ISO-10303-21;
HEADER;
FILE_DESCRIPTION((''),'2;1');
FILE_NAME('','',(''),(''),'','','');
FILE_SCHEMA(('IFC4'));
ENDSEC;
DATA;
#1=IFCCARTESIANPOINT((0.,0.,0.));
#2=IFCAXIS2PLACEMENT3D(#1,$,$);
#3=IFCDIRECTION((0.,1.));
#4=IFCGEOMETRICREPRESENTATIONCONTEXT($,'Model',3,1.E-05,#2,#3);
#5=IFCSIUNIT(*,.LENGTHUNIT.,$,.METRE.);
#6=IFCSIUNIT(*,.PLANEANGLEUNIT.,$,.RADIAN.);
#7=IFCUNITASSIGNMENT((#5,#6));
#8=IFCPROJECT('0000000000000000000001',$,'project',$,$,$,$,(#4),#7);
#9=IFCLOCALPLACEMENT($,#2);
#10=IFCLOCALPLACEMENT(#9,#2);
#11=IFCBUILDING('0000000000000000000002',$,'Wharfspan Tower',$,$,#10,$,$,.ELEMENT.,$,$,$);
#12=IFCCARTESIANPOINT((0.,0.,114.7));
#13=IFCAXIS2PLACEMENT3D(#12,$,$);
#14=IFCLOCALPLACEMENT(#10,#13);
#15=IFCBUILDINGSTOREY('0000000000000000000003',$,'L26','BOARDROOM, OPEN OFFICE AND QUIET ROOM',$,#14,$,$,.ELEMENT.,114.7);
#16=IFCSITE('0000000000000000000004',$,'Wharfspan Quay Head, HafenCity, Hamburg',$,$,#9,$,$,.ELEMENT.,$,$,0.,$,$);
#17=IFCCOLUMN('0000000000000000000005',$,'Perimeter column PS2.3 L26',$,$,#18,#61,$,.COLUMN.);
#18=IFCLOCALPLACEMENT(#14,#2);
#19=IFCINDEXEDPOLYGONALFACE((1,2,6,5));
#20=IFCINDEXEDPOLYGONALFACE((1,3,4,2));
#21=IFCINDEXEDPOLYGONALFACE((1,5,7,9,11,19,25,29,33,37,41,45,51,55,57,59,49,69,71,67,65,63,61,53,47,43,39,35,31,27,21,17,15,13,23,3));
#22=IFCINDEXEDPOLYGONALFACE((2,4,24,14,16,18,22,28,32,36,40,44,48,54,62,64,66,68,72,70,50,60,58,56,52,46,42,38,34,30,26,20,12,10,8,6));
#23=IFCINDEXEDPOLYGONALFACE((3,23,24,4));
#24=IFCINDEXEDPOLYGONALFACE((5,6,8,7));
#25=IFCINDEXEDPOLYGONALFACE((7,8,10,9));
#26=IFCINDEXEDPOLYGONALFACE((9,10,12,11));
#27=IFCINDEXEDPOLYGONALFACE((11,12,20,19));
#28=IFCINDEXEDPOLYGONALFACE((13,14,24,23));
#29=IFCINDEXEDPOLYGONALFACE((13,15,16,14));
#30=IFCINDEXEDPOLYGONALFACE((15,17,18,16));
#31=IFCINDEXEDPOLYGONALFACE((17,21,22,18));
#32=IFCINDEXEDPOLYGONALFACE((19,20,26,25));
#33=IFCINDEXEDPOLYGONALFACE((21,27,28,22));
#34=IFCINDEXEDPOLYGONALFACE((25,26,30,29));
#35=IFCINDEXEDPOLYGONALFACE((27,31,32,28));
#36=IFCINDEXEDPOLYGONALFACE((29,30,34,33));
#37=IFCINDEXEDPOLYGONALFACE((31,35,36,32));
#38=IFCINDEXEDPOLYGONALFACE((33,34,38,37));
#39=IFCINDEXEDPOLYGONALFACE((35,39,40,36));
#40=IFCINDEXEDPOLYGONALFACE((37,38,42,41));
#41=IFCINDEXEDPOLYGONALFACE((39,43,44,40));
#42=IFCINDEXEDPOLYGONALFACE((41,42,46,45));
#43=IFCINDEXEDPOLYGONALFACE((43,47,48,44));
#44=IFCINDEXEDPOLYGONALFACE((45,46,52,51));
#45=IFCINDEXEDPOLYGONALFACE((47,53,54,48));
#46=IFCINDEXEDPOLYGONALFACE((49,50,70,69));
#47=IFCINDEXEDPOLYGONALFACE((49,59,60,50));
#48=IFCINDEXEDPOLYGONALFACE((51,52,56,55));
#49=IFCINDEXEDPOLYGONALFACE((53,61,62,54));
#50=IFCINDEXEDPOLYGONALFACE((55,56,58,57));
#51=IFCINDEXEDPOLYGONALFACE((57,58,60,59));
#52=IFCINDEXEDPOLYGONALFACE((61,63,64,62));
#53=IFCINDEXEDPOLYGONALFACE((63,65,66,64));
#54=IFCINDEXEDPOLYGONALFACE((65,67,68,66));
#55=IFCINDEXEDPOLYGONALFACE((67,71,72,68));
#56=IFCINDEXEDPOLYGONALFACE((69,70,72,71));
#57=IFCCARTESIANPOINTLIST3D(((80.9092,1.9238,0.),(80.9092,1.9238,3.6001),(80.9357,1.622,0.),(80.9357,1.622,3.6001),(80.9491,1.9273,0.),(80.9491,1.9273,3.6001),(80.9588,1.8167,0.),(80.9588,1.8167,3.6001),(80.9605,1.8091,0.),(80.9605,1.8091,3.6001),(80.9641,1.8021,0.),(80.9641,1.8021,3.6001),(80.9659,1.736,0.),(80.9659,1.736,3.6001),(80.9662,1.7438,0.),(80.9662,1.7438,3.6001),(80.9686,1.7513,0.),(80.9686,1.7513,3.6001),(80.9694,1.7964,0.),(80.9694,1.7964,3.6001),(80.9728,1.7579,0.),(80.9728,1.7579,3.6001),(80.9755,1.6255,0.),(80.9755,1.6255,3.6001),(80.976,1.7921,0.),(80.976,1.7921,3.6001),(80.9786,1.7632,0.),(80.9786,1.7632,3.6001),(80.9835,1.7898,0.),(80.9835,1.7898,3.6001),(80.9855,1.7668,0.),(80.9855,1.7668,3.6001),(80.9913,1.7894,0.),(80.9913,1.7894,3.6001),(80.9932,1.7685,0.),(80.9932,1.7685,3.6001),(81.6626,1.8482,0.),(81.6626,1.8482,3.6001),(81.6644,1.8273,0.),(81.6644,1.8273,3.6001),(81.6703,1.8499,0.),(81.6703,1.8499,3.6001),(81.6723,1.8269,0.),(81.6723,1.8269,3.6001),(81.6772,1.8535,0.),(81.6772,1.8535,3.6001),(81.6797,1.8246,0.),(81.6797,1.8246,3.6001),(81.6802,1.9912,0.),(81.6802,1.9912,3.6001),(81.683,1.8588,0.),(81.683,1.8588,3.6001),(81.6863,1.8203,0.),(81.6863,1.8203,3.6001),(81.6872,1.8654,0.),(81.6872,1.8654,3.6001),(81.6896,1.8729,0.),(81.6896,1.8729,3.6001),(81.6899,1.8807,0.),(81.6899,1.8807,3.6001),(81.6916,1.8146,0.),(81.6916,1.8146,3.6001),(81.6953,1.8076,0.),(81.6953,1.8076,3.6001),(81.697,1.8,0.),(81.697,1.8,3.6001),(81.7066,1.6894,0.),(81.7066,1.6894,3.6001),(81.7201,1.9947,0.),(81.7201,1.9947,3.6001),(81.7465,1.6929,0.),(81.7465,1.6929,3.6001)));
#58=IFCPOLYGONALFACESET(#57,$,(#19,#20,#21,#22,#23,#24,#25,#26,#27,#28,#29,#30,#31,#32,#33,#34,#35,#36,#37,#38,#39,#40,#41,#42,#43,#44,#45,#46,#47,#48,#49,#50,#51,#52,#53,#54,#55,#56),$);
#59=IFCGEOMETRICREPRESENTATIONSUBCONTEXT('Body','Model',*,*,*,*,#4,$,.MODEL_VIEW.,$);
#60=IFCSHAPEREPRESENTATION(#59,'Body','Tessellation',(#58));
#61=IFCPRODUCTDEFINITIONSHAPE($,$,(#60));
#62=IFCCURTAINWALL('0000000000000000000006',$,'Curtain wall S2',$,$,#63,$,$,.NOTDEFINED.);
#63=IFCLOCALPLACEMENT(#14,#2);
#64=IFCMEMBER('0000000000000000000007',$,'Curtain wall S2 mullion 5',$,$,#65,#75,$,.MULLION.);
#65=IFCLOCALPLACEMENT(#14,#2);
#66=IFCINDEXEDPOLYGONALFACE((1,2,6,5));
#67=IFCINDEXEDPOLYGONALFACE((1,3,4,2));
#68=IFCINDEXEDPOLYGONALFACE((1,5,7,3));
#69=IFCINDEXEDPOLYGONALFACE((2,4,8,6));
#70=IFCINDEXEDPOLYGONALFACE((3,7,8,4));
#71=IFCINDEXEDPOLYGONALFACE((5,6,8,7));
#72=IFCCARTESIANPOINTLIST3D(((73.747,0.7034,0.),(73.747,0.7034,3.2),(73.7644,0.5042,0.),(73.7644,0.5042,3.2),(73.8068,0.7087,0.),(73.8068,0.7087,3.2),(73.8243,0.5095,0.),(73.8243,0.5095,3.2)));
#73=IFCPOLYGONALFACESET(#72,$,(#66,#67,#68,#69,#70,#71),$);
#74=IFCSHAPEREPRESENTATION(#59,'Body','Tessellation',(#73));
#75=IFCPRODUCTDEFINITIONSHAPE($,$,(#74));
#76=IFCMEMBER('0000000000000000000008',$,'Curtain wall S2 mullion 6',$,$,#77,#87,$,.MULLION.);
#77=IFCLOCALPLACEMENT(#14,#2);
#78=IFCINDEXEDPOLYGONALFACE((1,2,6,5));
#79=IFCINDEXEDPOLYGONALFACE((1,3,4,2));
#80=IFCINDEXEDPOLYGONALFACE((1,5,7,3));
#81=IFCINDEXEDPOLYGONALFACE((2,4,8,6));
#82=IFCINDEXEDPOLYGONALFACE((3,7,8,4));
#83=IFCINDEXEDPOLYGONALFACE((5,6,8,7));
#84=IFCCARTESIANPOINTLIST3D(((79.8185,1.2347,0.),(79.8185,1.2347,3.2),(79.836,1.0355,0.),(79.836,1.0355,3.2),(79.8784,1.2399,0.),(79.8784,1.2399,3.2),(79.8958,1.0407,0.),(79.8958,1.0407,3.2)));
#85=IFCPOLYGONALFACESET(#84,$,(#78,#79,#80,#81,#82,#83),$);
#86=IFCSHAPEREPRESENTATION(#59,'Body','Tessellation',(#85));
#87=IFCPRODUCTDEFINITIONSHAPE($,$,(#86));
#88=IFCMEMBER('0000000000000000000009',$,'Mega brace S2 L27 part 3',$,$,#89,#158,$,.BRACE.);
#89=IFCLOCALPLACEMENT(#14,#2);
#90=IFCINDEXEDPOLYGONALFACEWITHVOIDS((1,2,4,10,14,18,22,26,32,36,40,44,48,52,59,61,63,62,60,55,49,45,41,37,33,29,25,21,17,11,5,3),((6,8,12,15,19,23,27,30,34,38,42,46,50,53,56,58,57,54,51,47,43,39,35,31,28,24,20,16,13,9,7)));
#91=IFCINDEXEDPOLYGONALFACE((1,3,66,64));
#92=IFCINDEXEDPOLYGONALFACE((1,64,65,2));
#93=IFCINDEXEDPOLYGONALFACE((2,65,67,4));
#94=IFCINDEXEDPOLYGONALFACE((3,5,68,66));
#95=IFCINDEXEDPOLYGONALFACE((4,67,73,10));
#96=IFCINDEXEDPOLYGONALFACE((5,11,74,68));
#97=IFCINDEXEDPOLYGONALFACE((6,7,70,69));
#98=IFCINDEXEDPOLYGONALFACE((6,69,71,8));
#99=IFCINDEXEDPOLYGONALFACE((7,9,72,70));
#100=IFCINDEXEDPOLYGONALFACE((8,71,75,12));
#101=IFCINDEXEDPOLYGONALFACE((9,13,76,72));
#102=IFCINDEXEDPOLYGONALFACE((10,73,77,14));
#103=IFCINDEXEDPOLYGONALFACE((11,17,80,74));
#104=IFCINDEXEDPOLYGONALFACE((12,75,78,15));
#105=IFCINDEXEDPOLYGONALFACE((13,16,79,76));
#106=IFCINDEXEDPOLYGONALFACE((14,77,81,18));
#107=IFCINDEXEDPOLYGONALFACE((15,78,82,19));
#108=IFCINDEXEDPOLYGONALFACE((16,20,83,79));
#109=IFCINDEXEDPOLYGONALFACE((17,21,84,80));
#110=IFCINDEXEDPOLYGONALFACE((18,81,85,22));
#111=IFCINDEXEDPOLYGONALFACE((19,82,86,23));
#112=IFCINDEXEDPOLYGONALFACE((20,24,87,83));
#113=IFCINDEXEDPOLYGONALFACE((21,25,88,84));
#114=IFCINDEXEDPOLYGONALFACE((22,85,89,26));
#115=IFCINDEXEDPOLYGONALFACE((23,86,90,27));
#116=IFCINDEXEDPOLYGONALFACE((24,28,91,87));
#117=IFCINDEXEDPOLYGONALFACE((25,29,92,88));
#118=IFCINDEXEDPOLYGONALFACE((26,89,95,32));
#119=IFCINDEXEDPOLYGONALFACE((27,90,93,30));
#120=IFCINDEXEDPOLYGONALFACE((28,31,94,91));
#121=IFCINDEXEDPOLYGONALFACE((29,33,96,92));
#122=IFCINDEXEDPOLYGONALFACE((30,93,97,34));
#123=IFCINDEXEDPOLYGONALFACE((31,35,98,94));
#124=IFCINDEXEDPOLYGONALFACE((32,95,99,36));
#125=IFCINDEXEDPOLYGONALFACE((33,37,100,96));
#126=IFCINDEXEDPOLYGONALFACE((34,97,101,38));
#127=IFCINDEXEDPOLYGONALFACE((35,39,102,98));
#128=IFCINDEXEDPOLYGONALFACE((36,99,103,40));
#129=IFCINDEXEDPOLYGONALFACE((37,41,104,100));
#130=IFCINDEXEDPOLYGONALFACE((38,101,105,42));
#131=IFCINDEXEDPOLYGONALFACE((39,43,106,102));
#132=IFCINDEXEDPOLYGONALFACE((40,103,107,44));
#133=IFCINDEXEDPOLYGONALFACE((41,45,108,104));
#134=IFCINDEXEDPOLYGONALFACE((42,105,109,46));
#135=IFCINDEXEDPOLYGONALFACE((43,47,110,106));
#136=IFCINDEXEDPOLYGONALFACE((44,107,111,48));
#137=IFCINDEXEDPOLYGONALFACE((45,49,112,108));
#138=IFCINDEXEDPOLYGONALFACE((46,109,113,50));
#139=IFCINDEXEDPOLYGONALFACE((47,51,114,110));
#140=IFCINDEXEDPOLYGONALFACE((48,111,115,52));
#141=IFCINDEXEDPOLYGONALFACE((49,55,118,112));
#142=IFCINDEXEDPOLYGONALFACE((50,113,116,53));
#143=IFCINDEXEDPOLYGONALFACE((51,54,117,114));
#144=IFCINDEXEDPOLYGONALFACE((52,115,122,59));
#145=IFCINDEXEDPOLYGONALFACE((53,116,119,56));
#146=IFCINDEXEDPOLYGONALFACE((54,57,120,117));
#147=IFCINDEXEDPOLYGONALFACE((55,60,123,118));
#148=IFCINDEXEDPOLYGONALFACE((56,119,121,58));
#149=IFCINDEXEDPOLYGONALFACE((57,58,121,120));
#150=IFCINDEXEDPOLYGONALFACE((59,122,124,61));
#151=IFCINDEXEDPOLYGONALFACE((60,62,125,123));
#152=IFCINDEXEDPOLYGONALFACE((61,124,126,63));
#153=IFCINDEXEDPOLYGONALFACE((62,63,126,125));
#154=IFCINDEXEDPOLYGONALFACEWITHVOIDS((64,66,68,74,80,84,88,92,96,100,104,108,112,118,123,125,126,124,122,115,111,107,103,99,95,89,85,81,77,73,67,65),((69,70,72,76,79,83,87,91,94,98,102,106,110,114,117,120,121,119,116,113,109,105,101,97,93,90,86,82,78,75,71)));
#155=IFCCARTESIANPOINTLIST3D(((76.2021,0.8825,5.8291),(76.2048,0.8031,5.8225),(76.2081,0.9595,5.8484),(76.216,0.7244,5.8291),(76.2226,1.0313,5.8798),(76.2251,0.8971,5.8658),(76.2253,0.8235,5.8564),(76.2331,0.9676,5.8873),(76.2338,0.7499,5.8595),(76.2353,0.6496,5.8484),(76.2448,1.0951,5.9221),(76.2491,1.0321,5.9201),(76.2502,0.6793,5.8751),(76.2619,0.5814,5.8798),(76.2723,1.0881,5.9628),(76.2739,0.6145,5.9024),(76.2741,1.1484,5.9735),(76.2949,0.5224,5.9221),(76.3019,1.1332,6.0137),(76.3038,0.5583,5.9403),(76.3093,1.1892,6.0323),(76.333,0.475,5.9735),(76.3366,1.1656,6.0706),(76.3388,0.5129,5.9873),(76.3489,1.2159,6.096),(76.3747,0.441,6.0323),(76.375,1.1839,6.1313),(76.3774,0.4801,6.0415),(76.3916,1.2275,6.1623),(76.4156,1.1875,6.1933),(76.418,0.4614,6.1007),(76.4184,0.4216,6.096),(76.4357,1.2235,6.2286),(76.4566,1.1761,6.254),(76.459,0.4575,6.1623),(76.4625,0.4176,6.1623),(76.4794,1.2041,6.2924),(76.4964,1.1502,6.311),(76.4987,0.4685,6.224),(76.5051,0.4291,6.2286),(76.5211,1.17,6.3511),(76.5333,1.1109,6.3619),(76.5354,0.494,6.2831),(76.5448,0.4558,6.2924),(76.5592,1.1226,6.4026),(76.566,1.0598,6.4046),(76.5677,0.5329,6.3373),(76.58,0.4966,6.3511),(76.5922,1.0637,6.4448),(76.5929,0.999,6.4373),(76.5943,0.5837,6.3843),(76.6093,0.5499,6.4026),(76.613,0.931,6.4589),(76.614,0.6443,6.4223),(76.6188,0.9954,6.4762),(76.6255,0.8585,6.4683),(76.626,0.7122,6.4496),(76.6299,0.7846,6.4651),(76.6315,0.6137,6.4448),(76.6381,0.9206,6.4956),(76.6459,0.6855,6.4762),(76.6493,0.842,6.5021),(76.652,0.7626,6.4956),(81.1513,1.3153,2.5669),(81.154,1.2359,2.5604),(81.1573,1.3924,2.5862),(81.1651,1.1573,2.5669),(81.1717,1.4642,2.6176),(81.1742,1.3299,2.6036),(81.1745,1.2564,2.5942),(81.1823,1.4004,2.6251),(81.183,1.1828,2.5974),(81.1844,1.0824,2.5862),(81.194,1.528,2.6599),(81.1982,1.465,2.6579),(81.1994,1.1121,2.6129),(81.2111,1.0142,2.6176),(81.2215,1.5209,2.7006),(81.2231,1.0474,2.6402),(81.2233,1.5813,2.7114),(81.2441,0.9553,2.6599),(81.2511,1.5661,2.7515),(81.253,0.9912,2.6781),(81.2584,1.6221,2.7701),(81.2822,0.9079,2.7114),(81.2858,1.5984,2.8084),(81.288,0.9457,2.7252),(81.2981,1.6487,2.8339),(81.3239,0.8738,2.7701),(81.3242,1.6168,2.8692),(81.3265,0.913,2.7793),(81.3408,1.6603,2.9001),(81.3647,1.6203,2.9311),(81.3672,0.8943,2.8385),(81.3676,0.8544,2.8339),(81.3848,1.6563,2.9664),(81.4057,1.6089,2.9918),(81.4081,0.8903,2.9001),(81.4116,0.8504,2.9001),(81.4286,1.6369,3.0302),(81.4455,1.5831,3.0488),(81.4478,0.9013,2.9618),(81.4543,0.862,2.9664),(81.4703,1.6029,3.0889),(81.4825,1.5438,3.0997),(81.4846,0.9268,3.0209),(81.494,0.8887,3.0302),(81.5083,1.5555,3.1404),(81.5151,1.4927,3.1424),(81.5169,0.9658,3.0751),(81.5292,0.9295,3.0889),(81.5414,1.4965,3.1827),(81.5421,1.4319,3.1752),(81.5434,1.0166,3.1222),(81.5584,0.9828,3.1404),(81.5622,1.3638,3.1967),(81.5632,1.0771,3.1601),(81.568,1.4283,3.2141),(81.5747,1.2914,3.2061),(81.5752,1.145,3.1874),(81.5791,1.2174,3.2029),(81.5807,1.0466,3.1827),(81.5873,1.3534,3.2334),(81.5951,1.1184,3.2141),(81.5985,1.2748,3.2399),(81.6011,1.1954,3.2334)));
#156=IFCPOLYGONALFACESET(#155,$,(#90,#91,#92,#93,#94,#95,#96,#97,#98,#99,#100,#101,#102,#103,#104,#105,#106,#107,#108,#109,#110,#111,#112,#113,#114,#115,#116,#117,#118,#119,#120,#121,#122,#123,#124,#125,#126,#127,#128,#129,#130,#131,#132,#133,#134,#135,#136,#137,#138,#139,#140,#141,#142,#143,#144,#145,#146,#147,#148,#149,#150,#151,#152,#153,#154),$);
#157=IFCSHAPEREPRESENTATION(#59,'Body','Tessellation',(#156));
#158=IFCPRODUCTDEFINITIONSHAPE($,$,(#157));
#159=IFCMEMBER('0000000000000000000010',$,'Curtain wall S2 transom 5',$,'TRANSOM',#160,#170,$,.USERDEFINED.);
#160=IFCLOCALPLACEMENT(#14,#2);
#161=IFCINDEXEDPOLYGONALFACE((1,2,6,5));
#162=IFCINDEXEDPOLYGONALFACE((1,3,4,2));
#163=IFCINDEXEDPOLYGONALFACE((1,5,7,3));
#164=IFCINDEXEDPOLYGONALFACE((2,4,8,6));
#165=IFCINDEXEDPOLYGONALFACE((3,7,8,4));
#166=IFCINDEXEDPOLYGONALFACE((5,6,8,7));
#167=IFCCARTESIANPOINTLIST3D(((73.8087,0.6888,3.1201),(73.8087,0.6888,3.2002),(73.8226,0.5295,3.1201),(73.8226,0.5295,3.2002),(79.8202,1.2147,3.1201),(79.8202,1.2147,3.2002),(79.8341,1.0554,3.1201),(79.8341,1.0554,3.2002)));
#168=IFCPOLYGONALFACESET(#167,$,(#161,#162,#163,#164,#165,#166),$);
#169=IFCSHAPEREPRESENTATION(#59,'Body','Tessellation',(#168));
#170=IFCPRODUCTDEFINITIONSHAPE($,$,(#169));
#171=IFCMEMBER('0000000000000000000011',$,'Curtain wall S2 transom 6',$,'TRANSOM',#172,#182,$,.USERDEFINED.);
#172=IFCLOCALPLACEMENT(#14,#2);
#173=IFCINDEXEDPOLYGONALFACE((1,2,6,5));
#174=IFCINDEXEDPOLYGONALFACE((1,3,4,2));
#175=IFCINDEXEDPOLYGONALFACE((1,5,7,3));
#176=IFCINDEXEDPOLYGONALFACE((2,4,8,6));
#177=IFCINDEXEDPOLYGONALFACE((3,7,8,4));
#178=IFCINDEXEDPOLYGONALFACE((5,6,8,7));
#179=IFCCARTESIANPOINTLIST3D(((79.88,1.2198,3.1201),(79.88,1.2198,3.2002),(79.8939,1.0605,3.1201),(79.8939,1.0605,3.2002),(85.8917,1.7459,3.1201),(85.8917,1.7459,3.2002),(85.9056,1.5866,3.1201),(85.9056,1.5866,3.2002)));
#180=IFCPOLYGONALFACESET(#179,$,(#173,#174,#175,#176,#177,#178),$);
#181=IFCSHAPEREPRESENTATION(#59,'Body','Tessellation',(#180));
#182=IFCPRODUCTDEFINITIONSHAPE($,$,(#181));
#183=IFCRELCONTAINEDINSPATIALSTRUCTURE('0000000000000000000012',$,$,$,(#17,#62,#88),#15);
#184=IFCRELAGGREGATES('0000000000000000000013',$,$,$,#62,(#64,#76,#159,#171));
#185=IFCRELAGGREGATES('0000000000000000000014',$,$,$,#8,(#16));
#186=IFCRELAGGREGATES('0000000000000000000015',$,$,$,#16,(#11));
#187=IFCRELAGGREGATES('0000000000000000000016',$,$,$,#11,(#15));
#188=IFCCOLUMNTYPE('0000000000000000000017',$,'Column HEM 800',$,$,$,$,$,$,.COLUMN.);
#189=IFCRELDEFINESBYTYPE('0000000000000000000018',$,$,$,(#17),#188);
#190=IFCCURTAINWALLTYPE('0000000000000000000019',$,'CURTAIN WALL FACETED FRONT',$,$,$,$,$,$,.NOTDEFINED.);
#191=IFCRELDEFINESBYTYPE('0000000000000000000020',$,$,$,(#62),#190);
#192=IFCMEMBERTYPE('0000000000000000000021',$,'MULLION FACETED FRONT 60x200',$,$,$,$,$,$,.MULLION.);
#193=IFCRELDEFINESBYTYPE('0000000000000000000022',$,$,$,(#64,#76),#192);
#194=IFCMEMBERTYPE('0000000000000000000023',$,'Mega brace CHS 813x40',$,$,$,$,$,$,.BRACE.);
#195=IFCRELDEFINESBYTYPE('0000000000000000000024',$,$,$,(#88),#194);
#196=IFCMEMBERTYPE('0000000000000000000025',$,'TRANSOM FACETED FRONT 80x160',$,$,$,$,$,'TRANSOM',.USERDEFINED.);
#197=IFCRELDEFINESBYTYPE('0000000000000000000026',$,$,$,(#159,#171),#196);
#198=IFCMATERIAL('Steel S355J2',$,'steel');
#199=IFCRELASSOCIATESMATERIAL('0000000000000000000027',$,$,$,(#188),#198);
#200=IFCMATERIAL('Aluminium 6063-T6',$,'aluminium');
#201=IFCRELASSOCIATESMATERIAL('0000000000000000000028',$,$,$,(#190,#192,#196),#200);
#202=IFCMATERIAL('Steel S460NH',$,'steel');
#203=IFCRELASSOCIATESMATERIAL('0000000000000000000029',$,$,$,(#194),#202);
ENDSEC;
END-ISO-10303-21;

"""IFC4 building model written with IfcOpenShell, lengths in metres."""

from ifc_helpers import new_model, si_unit, direction, frame, origin, origin_2d, place, context, subcontext, project, spatial, rectangle, hollow_circle, i_section, extrude, material, material_profile, profile_set, type_object, element, aggregate, save


model = new_model("IFC4")

# Units and contexts
model_context = context("Model", 3, precision=1e-05, world=origin(), true_north=direction((0.0, 1.0)))
body_context = subcontext(model_context, "Body", "Model", "MODEL_VIEW")
ifc_project = project(units=[si_unit("LENGTHUNIT", "METRE"), si_unit("PLANEANGLEUNIT", "RADIAN")], contexts=[model_context])

# Site, building, storey
site_placement = place(None, origin())
site = spatial("IfcSite", under=ifc_project, at=site_placement, Name="Wharfspan Quay Head, HafenCity, Hamburg", CompositionType="ELEMENT", RefElevation=0.0)
building_placement = place(site_placement, origin())
building = spatial("IfcBuilding", under=site, at=building_placement, Name="Wharfspan Tower", CompositionType="ELEMENT")
storey_placement = place(building_placement, frame((0.0, 0.0, 114.7)))
storey = spatial("IfcBuildingStorey", under=building, at=storey_placement, Name="L26", Description="BOARDROOM, OPEN OFFICE AND QUIET ROOM", CompositionType="ELEMENT", Elevation=114.7)

# Column
ifc_material_1 = material(Name="Steel S355J2", Category="steel")
ifc_material_profile_1 = material_profile(ifc_material_1, i_section(OverallWidth=0.303, OverallDepth=0.814, WebThickness=0.021, FlangeThickness=0.04, FilletRadius=0.03, at=origin_2d()))
ifc_profile_set_1 = profile_set([ifc_material_profile_1], Name="Steel S355J2")
column_type = type_object("IfcColumnType", Name="Column HEM 800", PredefinedType="COLUMN", material=ifc_profile_set_1)
column_placement = place(storey_placement, frame((81.3279, 1.8083, 0.0), z_axis=(0.0, 0.0, 1.0), x_axis=(0.087156, -0.996198, 0.0)))
element("IfcColumn", 1, at=column_placement, inside=storey, type_object=column_type, Name="Perimeter column PS2.3 L26", PredefinedType="COLUMN", context=body_context, shape_type="SweptSolid", body=[
    extrude(i_section(OverallWidth=0.303, OverallDepth=0.814, WebThickness=0.021, FlangeThickness=0.04, FilletRadius=0.03, at=origin_2d()), origin(), (0.0, 0.0, 1.0), 3.6001),
])

# Curtain wall, members
ifc_material_2 = material(Name="Aluminium 6063-T6", Category="aluminium")
curtain_wall_type = type_object("IfcCurtainWallType", Name="CURTAIN WALL FACETED FRONT", PredefinedType="NOTDEFINED", material=ifc_material_2)
curtain_wall_placement = place(storey_placement, origin())
curtain_wall = element("IfcCurtainWall", 2, at=curtain_wall_placement, inside=storey, type_object=curtain_wall_type, Name="Curtain wall S2", PredefinedType="NOTDEFINED")
ifc_material_profile_2 = material_profile(ifc_material_2, rectangle(XDim=0.2, YDim=0.0601, at=origin_2d()))
ifc_profile_set_2 = profile_set([ifc_material_profile_2], Name="Aluminium 6063-T6")
member_type_1 = type_object("IfcMemberType", Name="MULLION FACETED FRONT 60x200", PredefinedType="MULLION", material=ifc_profile_set_2)
member_1_placement = place(storey_placement, frame((73.7856, 0.6064, 0.0), z_axis=(0.0, 0.0, 1.0), x_axis=(-0.087156, 0.996198, 0.0)))
member_1 = element("IfcMember", 3, at=member_1_placement, type_object=member_type_1, Name="Curtain wall S2 mullion 5", PredefinedType="MULLION", context=body_context, shape_type="SweptSolid", body=[
    extrude(rectangle(XDim=0.2, YDim=0.0601, at=origin_2d()), origin(), (0.0, 0.0, 1.0), 3.2),
])
member_2_placement = place(storey_placement, frame((79.8572, 1.1377, 0.0), z_axis=(0.0, 0.0, 1.0), x_axis=(-0.087156, 0.996198, 0.0)))
member_2 = element("IfcMember", 4, at=member_2_placement, type_object=member_type_1, Name="Curtain wall S2 mullion 6", PredefinedType="MULLION", context=body_context, shape_type="SweptSolid", body=[
    extrude(rectangle(XDim=0.2, YDim=0.0601, at=origin_2d()), origin(), (0.0, 0.0, 1.0), 3.2),
])

# Members
ifc_material_3 = material(Name="Steel S460NH", Category="steel")
ifc_material_profile_3 = material_profile(ifc_material_3, hollow_circle(Radius=0.4065, WallThickness=0.04, at=origin_2d()))
ifc_profile_set_3 = profile_set([ifc_material_profile_3], Name="Steel S460NH")
member_type_2 = type_object("IfcMemberType", Name="Mega brace CHS 813x40", PredefinedType="BRACE", material=ifc_profile_set_3)
member_3_placement = place(storey_placement, frame((81.3762, 1.2554, 2.9001), z_axis=(-0.832724, -0.07283, 0.548878), x_axis=(0.087128, -0.996197, 0.000001)))
element("IfcMember", 5, at=member_3_placement, inside=storey, type_object=member_type_2, Name="Mega brace S2 L27 part 3", PredefinedType="BRACE", context=body_context, shape_type="SweptSolid", body=[
    extrude(hollow_circle(Radius=0.4065, WallThickness=0.04, at=origin_2d()), origin(), (0.0, 0.0, 1.0), 5.9434),
])
ifc_material_profile_4 = material_profile(ifc_material_2, rectangle(XDim=0.1599, YDim=0.0801, at=origin_2d()))
ifc_profile_set_4 = profile_set([ifc_material_profile_4], Name="Aluminium 6063-T6")
member_type_3 = type_object("IfcMemberType", Name="TRANSOM FACETED FRONT 80x160", ElementType="TRANSOM", PredefinedType="USERDEFINED", material=ifc_profile_set_4)
member_4_placement = place(storey_placement, frame((73.8157, 0.6091, 3.1602), z_axis=(0.996196, 0.087146, 0.0), x_axis=(-0.087146, 0.996196, 0.0)))
member_4 = element("IfcMember", 6, at=member_4_placement, type_object=member_type_3, Name="Curtain wall S2 transom 5", ObjectType="TRANSOM", PredefinedType="USERDEFINED", context=body_context, shape_type="SweptSolid", body=[
    extrude(rectangle(XDim=0.1599, YDim=0.0801, at=origin_2d()), origin(), (0.0, 0.0, 1.0), 6.0344),
])
member_5_placement = place(storey_placement, frame((79.887, 1.1401, 3.1602), z_axis=(0.996192, 0.087183, 0.0), x_axis=(-0.087183, 0.996192, 0.0)))
member_5 = element("IfcMember", 7, at=member_5_placement, type_object=member_type_3, Name="Curtain wall S2 transom 6", ObjectType="TRANSOM", PredefinedType="USERDEFINED", context=body_context, shape_type="SweptSolid", body=[
    extrude(rectangle(XDim=0.1599, YDim=0.0801, at=origin_2d()), origin(), (0.0, 0.0, 1.0), 6.0347),
])

aggregate(curtain_wall, [member_1, member_2, member_4, member_5])

save(model, "model.ifc")
